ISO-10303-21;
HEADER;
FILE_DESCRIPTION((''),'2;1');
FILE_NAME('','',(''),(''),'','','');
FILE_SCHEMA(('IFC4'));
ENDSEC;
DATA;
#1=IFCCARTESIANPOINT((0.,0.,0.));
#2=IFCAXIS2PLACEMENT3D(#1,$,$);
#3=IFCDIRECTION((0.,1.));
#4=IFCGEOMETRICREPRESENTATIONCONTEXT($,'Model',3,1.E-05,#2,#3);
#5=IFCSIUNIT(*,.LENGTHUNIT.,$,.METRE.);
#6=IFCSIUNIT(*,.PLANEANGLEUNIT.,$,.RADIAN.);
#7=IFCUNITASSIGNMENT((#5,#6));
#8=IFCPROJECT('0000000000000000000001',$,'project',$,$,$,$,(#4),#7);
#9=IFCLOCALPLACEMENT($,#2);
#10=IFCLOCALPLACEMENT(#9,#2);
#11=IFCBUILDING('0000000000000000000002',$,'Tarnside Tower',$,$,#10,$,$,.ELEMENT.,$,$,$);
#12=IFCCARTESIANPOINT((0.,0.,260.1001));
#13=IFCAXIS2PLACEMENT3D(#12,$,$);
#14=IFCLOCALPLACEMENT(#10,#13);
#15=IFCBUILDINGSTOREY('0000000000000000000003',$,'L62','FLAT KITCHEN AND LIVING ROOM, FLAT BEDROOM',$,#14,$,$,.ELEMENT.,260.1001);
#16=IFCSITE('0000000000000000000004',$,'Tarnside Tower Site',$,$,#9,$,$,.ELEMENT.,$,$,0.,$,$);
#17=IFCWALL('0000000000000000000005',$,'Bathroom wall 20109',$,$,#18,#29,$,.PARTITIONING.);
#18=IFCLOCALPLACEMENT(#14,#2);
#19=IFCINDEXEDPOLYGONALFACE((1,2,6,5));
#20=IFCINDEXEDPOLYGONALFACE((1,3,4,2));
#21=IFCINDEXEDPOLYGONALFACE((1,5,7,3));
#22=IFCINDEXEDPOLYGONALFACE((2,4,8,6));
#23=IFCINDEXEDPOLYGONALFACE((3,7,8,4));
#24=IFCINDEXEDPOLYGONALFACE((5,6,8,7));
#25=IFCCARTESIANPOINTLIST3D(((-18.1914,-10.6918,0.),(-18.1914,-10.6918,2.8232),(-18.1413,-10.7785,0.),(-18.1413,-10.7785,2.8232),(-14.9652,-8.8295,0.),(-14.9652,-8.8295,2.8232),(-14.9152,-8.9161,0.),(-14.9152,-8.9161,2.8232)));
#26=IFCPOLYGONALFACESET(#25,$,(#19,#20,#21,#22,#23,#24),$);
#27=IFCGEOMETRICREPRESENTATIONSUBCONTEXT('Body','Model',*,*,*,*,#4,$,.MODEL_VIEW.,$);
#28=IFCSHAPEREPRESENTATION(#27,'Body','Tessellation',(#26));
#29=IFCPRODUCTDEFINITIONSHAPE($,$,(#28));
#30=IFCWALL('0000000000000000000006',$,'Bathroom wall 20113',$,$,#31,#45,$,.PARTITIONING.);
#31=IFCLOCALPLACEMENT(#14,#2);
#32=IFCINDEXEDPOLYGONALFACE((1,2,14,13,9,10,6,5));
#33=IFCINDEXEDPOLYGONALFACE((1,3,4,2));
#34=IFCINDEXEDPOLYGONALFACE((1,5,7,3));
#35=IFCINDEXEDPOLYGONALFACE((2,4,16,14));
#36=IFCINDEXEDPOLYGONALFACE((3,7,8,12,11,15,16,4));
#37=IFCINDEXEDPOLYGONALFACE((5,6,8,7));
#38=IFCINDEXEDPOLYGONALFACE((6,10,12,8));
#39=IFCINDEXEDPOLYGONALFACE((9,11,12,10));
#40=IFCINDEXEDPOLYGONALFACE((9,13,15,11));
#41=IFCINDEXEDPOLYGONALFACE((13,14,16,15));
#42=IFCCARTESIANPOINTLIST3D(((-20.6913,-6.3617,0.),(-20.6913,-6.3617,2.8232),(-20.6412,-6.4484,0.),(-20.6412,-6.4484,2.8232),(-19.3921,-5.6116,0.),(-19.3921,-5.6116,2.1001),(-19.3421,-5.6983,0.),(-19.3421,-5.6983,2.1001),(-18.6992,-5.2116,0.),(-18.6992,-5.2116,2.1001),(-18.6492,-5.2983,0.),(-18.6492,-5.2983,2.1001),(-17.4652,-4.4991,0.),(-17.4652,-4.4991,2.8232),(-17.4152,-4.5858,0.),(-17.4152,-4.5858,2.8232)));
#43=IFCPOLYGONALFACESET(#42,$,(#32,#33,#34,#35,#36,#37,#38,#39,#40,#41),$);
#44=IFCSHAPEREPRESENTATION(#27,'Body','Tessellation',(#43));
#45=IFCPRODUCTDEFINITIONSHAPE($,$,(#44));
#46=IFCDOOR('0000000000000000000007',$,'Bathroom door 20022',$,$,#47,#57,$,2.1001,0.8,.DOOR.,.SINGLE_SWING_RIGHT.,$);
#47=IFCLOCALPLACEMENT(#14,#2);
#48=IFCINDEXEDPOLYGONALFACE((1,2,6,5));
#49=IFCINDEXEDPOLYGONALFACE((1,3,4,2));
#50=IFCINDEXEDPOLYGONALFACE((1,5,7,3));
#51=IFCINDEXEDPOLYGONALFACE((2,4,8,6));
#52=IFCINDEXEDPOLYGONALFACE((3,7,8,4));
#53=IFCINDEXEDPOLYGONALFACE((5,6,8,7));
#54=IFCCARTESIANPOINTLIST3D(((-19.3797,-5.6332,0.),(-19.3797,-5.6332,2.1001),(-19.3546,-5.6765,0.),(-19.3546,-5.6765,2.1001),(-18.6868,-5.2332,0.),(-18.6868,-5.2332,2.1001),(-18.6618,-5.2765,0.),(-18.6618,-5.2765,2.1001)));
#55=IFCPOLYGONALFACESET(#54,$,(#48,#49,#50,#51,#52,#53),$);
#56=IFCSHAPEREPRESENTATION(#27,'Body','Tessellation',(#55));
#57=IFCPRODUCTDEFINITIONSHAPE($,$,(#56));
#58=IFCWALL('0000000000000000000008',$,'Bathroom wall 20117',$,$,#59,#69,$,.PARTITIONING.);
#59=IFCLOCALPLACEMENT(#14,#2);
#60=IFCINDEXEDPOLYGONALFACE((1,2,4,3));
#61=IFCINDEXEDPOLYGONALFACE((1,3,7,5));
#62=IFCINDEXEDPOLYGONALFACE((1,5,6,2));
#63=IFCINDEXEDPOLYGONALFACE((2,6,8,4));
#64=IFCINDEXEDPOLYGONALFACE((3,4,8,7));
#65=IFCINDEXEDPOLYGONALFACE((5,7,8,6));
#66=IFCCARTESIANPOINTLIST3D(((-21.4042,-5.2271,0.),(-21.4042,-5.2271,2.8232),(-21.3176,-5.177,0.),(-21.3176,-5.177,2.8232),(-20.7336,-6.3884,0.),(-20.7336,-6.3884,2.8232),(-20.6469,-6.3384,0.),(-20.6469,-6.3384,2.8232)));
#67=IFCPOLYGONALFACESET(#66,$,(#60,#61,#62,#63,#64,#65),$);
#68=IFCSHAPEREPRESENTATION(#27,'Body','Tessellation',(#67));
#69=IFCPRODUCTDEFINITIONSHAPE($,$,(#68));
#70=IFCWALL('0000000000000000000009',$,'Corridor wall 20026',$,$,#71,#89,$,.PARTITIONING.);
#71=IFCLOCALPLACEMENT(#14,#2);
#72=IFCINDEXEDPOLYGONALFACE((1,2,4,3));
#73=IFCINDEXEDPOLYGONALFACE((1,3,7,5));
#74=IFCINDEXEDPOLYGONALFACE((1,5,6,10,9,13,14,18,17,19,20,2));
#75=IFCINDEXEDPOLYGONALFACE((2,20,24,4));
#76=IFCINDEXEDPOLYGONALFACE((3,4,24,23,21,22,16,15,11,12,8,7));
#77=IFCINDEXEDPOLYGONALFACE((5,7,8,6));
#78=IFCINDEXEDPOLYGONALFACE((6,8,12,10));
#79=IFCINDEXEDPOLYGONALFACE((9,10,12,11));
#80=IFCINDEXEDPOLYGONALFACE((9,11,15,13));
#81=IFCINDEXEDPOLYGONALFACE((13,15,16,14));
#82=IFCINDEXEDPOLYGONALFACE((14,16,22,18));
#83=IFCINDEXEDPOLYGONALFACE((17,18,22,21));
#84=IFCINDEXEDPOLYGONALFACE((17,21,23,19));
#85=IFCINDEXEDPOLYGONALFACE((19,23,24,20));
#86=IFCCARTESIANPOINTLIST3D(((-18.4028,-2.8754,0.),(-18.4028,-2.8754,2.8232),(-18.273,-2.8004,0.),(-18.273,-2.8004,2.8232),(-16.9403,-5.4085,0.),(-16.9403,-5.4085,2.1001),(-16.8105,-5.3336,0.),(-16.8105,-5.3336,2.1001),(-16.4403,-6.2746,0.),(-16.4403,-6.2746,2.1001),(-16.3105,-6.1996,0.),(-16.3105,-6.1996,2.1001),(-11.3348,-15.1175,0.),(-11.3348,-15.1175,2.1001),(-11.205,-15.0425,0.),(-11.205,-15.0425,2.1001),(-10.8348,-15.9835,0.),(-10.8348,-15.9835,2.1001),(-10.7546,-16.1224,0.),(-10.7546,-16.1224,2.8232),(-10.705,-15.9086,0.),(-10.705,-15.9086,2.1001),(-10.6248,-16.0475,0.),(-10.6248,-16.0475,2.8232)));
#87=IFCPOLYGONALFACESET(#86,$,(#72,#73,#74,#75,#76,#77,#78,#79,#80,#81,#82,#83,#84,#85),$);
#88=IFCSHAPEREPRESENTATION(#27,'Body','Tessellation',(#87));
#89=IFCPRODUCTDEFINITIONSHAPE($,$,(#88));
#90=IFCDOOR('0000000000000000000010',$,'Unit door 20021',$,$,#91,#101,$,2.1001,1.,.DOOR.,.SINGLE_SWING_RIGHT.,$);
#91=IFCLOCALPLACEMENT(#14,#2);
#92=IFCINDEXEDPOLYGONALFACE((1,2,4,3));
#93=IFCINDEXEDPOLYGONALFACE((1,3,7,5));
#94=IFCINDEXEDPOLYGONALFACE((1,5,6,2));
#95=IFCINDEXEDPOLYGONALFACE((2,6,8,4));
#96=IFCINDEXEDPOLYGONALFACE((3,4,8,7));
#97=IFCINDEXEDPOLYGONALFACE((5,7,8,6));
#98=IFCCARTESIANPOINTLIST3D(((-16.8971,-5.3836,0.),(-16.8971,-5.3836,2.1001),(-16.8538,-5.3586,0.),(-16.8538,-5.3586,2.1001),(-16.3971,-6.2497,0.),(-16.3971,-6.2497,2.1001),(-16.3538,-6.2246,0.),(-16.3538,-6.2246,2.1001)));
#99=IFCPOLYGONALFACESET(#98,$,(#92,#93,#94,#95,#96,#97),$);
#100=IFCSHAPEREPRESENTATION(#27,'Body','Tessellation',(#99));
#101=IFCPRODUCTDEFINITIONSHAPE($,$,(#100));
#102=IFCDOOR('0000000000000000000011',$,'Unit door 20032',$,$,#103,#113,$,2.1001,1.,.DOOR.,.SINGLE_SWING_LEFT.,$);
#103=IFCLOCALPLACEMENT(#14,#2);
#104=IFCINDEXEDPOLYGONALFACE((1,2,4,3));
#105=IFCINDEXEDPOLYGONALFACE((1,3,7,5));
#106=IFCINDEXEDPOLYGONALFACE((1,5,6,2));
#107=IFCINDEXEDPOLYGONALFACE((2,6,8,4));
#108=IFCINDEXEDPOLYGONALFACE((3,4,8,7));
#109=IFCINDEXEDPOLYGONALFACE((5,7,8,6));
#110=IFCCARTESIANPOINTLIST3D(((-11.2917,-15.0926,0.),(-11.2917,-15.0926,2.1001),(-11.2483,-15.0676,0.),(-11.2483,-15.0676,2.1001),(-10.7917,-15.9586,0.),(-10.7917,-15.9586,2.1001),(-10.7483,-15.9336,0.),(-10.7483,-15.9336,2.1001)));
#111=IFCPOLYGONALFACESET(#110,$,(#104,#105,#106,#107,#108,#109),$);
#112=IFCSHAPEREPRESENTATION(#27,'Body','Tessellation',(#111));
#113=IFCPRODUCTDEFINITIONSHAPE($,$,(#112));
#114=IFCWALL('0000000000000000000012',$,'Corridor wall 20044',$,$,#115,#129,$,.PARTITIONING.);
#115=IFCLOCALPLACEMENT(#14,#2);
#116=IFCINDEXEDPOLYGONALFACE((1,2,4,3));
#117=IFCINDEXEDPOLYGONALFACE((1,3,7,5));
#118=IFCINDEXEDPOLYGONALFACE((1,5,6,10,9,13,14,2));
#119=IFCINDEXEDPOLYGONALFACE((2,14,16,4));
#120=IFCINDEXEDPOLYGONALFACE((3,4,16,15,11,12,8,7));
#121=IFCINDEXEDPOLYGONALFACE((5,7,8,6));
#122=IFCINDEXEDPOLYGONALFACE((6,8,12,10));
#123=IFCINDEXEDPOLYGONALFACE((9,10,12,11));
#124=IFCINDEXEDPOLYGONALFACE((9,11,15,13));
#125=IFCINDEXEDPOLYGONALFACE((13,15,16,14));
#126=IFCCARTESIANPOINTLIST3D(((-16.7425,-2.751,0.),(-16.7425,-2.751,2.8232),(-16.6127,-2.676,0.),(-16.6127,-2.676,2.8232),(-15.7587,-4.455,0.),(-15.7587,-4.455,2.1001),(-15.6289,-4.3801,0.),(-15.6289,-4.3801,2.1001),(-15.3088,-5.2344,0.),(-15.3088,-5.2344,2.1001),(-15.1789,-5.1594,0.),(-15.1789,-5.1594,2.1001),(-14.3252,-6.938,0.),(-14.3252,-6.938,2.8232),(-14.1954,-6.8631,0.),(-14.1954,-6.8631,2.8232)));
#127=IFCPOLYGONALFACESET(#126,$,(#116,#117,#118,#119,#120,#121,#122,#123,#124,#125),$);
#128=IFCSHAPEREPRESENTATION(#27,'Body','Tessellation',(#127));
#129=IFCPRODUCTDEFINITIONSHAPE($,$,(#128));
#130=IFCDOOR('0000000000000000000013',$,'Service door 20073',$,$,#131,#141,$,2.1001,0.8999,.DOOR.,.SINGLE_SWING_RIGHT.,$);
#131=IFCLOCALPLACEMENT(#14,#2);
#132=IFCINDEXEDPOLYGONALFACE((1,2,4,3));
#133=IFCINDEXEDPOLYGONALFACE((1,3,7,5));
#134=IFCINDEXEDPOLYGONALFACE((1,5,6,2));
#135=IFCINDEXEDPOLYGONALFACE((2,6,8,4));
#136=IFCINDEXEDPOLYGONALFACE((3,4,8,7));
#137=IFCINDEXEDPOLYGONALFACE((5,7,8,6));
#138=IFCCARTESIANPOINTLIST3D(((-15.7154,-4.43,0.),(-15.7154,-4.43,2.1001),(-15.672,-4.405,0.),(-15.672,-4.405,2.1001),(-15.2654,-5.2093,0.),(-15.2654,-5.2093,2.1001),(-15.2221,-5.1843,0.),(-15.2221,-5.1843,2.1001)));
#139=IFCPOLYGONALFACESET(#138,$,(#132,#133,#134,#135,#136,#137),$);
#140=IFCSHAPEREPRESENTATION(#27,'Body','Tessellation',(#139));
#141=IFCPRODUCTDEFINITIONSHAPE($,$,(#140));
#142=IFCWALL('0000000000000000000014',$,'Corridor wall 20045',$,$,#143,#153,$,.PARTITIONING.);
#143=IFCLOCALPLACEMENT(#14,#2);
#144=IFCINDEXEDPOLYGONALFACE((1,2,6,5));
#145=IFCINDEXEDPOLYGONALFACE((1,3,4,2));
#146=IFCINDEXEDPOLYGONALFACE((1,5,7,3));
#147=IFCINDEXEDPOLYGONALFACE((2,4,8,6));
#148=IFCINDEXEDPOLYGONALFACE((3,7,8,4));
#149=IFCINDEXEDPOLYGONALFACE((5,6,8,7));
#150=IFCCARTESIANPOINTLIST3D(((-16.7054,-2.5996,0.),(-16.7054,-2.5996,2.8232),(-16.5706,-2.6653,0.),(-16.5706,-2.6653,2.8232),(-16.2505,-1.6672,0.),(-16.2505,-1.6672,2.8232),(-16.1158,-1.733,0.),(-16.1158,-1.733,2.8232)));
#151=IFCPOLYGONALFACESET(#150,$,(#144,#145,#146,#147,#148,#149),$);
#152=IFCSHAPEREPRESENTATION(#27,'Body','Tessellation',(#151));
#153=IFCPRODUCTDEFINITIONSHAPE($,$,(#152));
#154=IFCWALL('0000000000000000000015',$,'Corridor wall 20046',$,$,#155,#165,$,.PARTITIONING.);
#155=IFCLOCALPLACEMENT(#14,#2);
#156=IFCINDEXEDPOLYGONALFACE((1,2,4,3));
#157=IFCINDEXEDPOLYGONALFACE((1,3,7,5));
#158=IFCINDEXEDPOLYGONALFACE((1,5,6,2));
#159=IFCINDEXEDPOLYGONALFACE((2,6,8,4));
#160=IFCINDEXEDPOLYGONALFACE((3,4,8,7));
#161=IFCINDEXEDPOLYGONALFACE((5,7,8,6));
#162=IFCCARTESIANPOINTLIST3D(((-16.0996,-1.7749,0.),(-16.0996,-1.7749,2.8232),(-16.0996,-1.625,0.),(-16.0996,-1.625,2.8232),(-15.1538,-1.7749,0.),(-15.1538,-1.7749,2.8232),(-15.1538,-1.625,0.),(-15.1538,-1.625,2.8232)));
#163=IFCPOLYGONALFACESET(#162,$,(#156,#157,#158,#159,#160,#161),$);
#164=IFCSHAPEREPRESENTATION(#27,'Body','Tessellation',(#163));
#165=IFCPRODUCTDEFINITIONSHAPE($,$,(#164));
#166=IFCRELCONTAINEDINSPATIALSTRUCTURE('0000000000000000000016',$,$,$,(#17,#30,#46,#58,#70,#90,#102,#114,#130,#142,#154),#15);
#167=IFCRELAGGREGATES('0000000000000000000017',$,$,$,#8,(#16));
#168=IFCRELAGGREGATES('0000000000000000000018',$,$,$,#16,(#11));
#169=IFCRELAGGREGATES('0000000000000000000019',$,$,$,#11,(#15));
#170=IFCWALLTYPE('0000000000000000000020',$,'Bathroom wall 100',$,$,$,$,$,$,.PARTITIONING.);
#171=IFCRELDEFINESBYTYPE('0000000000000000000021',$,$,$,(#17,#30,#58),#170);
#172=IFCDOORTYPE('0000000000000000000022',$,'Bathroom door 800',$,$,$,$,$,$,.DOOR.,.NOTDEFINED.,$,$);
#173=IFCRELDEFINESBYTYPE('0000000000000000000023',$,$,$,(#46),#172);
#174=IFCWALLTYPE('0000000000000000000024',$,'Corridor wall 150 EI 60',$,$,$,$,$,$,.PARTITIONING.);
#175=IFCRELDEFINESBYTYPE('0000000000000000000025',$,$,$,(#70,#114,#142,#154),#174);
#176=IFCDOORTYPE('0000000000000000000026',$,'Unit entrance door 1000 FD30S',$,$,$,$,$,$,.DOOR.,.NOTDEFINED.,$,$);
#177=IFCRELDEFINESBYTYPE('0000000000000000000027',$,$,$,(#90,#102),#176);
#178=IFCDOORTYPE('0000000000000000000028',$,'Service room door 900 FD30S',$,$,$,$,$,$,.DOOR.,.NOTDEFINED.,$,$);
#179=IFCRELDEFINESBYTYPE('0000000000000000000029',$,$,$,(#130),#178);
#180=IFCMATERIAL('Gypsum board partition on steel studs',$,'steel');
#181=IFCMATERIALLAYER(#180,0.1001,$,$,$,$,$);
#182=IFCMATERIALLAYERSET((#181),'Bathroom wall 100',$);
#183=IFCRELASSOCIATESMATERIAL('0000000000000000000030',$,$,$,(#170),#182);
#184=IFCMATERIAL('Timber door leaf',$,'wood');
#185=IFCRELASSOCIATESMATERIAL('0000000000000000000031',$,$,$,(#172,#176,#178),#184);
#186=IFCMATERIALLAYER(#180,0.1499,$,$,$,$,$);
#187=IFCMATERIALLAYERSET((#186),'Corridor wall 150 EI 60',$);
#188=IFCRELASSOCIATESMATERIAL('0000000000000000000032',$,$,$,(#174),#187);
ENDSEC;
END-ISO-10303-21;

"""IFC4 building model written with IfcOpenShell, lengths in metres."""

from ifc_helpers import new_model, si_unit, direction, frame, frame_2d, origin, place, context, subcontext, project, spatial, rectangle, extrude, material, layer, layer_set, type_object, element, fill, save


model = new_model("IFC4")

# Units and contexts
model_context = context("Model", 3, precision=1e-05, world=origin(), true_north=direction((0.0, 1.0)))
body_context = subcontext(model_context, "Body", "Model", "MODEL_VIEW")
ifc_project = project(units=[si_unit("LENGTHUNIT", "METRE"), si_unit("PLANEANGLEUNIT", "RADIAN")], contexts=[model_context])

# Site, building, storey
site_placement = place(None, origin())
site = spatial("IfcSite", under=ifc_project, at=site_placement, Name="Tarnside Tower Site", CompositionType="ELEMENT", RefElevation=0.0)
building_placement = place(site_placement, origin())
building = spatial("IfcBuilding", under=site, at=building_placement, Name="Tarnside Tower", CompositionType="ELEMENT")
storey_placement = place(building_placement, frame((0.0, 0.0, 260.1001)))
storey = spatial("IfcBuildingStorey", under=building, at=storey_placement, Name="L62", Description="FLAT KITCHEN AND LIVING ROOM, FLAT BEDROOM", CompositionType="ELEMENT", Elevation=260.1001)

# Wall
ifc_material_1 = material(Name="Gypsum board partition on steel studs", Category="steel")
ifc_layer_1 = layer(ifc_material_1, 0.1001)
ifc_layer_set_1 = layer_set([ifc_layer_1], Name="Bathroom wall 100")
wall_type_1 = type_object("IfcWallType", Name="Bathroom wall 100", PredefinedType="PARTITIONING", material=ifc_layer_set_1)
wall_1_placement = place(storey_placement, frame((-14.9402, -8.8728, 0.0), z_axis=(0.0, 0.0, 1.0), x_axis=(-0.866057, -0.499946, 0.0)))
element("IfcWall", 1, at=wall_1_placement, inside=storey, type_object=wall_type_1, Name="Bathroom wall 20109", PredefinedType="PARTITIONING", context=body_context, shape_type="SweptSolid", body=[
    extrude(rectangle(XDim=3.7251, YDim=0.1001, at=frame_2d((1.8625, 0.0))), origin(), (0.0, 0.0, 1.0), 2.8232),
])

# Wall, opening, door
wall_2_placement = place(storey_placement, frame((-17.4402, -4.5425, 0.0), z_axis=(0.0, 0.0, 1.0), x_axis=(-0.866028, -0.499995, 0.0)))
wall_2 = element("IfcWall", 2, at=wall_2_placement, inside=storey, type_object=wall_type_1, Name="Bathroom wall 20113", PredefinedType="PARTITIONING", context=body_context, shape_type="SweptSolid", body=[
    extrude(rectangle(XDim=3.7251, YDim=0.1001, at=frame_2d((1.8625, 0.0))), origin(), (0.0, 0.0, 1.0), 2.8232),
])
opening_1_placement = place(wall_2_placement, frame((1.425, 0.0, 0.0)))
opening_1 = element("IfcOpeningElement", 3, at=opening_1_placement, cuts=wall_2, PredefinedType="OPENING", context=body_context, shape_type="SweptSolid", body=[
    extrude(rectangle(XDim=0.8, YDim=2.1001, at=frame_2d((0.3999, 1.05))), frame((0.0, 0.0601, 0.0), z_axis=(0.0, -1.0, 0.0), x_axis=(1.0, 0.0, 0.0)), (0.0, 0.0, 1.0), 0.1201),
])
ifc_material_2 = material(Name="Timber door leaf", Category="wood")
door_type_1 = type_object("IfcDoorType", Name="Bathroom door 800", OperationType="NOTDEFINED", PredefinedType="DOOR", material=ifc_material_2)
door_1_placement = place(opening_1_placement, origin())
door_1 = element("IfcDoor", 4, at=door_1_placement, inside=storey, type_object=door_type_1, Name="Bathroom door 20022", OperationType="SINGLE_SWING_RIGHT", OverallHeight=2.1001, OverallWidth=0.8, PredefinedType="DOOR", context=body_context, shape_type="SweptSolid", body=[
    extrude(rectangle(XDim=0.8, YDim=2.1001, at=frame_2d((0.3999, 1.05))), frame((0.0, 0.0249, 0.0), z_axis=(0.0, -1.0, 0.0), x_axis=(1.0, 0.0, 0.0)), (0.0, 0.0, 1.0), 0.05),
])
fill(opening_1, door_1)

# Wall
wall_3_placement = place(storey_placement, frame((-21.3608, -5.2021, 0.0), z_axis=(0.0, 0.0, 1.0), x_axis=(0.500074, -0.865982, 0.0)))
element("IfcWall", 5, at=wall_3_placement, inside=storey, type_object=wall_type_1, Name="Bathroom wall 20117", PredefinedType="PARTITIONING", context=body_context, shape_type="SweptSolid", body=[
    extrude(rectangle(XDim=1.3411, YDim=0.1001, at=frame_2d((0.6704, 0.0))), origin(), (0.0, 0.0, 1.0), 2.8232),
])

# Wall, openings, doors
ifc_layer_2 = layer(ifc_material_1, 0.1499)
ifc_layer_set_2 = layer_set([ifc_layer_2], Name="Corridor wall 150 EI 60")
wall_type_2 = type_object("IfcWallType", Name="Corridor wall 150 EI 60", PredefinedType="PARTITIONING", material=ifc_layer_set_2)
wall_4_placement = place(storey_placement, frame((-18.3379, -2.8379, 0.0), z_axis=(0.0, 0.0, 1.0), x_axis=(0.5, -0.866026, 0.0)))
wall_4 = element("IfcWall", 6, at=wall_4_placement, inside=storey, type_object=wall_type_2, Name="Corridor wall 20026", PredefinedType="PARTITIONING", context=body_context, shape_type="SweptSolid", body=[
    extrude(rectangle(XDim=15.2964, YDim=0.1499, at=frame_2d((7.6482, 0.0))), origin(), (0.0, 0.0, 1.0), 2.8232),
])
opening_2_placement = place(wall_4_placement, frame((2.925, 0.0, 0.0)))
opening_2 = element("IfcOpeningElement", 7, at=opening_2_placement, cuts=wall_4, PredefinedType="OPENING", context=body_context, shape_type="SweptSolid", body=[
    extrude(rectangle(XDim=1.0, YDim=2.1001, at=frame_2d((0.5, 1.05))), frame((0.0, 0.085, 0.0), z_axis=(0.0, -1.0, 0.0), x_axis=(1.0, 0.0, 0.0)), (0.0, 0.0, 1.0), 0.1699),
])
opening_3_placement = place(wall_4_placement, frame((14.136, 0.0, 0.0)))
opening_3 = element("IfcOpeningElement", 8, at=opening_3_placement, cuts=wall_4, PredefinedType="OPENING", context=body_context, shape_type="SweptSolid", body=[
    extrude(rectangle(XDim=1.0, YDim=2.1001, at=frame_2d((0.5, 1.05))), frame((0.0, 0.085, 0.0), z_axis=(0.0, -1.0, 0.0), x_axis=(1.0, 0.0, 0.0)), (0.0, 0.0, 1.0), 0.1699),
])
door_type_2 = type_object("IfcDoorType", Name="Unit entrance door 1000 FD30S", OperationType="NOTDEFINED", PredefinedType="DOOR", material=ifc_material_2)
door_2_placement = place(opening_2_placement, origin())
door_2 = element("IfcDoor", 9, at=door_2_placement, inside=storey, type_object=door_type_2, Name="Unit door 20021", OperationType="SINGLE_SWING_RIGHT", OverallHeight=2.1001, OverallWidth=1.0, PredefinedType="DOOR", context=body_context, shape_type="SweptSolid", body=[
    extrude(rectangle(XDim=1.0, YDim=2.1001, at=frame_2d((0.5, 1.05))), frame((0.0, 0.0249, 0.0), z_axis=(0.0, -1.0, 0.0), x_axis=(1.0, 0.0, 0.0)), (0.0, 0.0, 1.0), 0.05),
])
fill(opening_2, door_2)
door_3_placement = place(opening_3_placement, origin())
door_3 = element("IfcDoor", 10, at=door_3_placement, inside=storey, type_object=door_type_2, Name="Unit door 20032", OperationType="SINGLE_SWING_LEFT", OverallHeight=2.1001, OverallWidth=1.0, PredefinedType="DOOR", context=body_context, shape_type="SweptSolid", body=[
    extrude(rectangle(XDim=1.0, YDim=2.1001, at=frame_2d((0.5, 1.05))), frame((0.0, 0.0249, 0.0), z_axis=(0.0, -1.0, 0.0), x_axis=(1.0, 0.0, 0.0)), (0.0, 0.0, 1.0), 0.05),
])
fill(opening_3, door_3)

# Wall, opening, door
wall_5_placement = place(storey_placement, frame((-14.2603, -6.9006, 0.0), z_axis=(0.0, 0.0, 1.0), x_axis=(-0.499979, 0.866038, 0.0)))
wall_5 = element("IfcWall", 11, at=wall_5_placement, inside=storey, type_object=wall_type_2, Name="Corridor wall 20044", PredefinedType="PARTITIONING", context=body_context, shape_type="SweptSolid", body=[
    extrude(rectangle(XDim=4.8347, YDim=0.1499, at=frame_2d((2.4175, 0.0))), origin(), (0.0, 0.0, 1.0), 2.8232),
])
opening_4_placement = place(wall_5_placement, frame((1.9673, 0.0, 0.0)))
opening_4 = element("IfcOpeningElement", 12, at=opening_4_placement, cuts=wall_5, PredefinedType="OPENING", context=body_context, shape_type="SweptSolid", body=[
    extrude(rectangle(XDim=0.8999, YDim=2.1001, at=frame_2d((0.45, 1.05))), frame((0.0, 0.085, 0.0), z_axis=(0.0, -1.0, 0.0), x_axis=(1.0, 0.0, 0.0)), (0.0, 0.0, 1.0), 0.1699),
])
door_type_3 = type_object("IfcDoorType", Name="Service room door 900 FD30S", OperationType="NOTDEFINED", PredefinedType="DOOR", material=ifc_material_2)
door_4_placement = place(opening_4_placement, origin())
door_4 = element("IfcDoor", 13, at=door_4_placement, inside=storey, type_object=door_type_3, Name="Service door 20073", OperationType="SINGLE_SWING_RIGHT", OverallHeight=2.1001, OverallWidth=0.8999, PredefinedType="DOOR", context=body_context, shape_type="SweptSolid", body=[
    extrude(rectangle(XDim=0.8999, YDim=2.1001, at=frame_2d((0.45, 1.05))), frame((0.0, 0.0249, 0.0), z_axis=(0.0, -1.0, 0.0), x_axis=(1.0, 0.0, 0.0)), (0.0, 0.0, 1.0), 0.05),
])
fill(opening_4, door_4)

# Walls
wall_6_placement = place(storey_placement, frame((-16.6379, -2.6323, 0.0), z_axis=(0.0, 0.0, 1.0), x_axis=(0.438438, 0.898762, 0.0)))
element("IfcWall", 14, at=wall_6_placement, inside=storey, type_object=wall_type_2, Name="Corridor wall 20045", PredefinedType="PARTITIONING", context=body_context, shape_type="SweptSolid", body=[
    extrude(rectangle(XDim=1.0374, YDim=0.1499, at=frame_2d((0.5186, 0.0))), origin(), (0.0, 0.0, 1.0), 2.8232),
])
wall_7_placement = place(storey_placement, frame((-16.0996, -1.7, 0.0), z_axis=(0.0, 0.0, 1.0), x_axis=(1.0, 0.0, 0.0)))
element("IfcWall", 15, at=wall_7_placement, inside=storey, type_object=wall_type_2, Name="Corridor wall 20046", PredefinedType="PARTITIONING", context=body_context, shape_type="SweptSolid", body=[
    extrude(rectangle(XDim=0.9458, YDim=0.1499, at=frame_2d((0.4729, 0.0))), origin(), (0.0, 0.0, 1.0), 2.8232),
])

save(model, "model.ifc")
